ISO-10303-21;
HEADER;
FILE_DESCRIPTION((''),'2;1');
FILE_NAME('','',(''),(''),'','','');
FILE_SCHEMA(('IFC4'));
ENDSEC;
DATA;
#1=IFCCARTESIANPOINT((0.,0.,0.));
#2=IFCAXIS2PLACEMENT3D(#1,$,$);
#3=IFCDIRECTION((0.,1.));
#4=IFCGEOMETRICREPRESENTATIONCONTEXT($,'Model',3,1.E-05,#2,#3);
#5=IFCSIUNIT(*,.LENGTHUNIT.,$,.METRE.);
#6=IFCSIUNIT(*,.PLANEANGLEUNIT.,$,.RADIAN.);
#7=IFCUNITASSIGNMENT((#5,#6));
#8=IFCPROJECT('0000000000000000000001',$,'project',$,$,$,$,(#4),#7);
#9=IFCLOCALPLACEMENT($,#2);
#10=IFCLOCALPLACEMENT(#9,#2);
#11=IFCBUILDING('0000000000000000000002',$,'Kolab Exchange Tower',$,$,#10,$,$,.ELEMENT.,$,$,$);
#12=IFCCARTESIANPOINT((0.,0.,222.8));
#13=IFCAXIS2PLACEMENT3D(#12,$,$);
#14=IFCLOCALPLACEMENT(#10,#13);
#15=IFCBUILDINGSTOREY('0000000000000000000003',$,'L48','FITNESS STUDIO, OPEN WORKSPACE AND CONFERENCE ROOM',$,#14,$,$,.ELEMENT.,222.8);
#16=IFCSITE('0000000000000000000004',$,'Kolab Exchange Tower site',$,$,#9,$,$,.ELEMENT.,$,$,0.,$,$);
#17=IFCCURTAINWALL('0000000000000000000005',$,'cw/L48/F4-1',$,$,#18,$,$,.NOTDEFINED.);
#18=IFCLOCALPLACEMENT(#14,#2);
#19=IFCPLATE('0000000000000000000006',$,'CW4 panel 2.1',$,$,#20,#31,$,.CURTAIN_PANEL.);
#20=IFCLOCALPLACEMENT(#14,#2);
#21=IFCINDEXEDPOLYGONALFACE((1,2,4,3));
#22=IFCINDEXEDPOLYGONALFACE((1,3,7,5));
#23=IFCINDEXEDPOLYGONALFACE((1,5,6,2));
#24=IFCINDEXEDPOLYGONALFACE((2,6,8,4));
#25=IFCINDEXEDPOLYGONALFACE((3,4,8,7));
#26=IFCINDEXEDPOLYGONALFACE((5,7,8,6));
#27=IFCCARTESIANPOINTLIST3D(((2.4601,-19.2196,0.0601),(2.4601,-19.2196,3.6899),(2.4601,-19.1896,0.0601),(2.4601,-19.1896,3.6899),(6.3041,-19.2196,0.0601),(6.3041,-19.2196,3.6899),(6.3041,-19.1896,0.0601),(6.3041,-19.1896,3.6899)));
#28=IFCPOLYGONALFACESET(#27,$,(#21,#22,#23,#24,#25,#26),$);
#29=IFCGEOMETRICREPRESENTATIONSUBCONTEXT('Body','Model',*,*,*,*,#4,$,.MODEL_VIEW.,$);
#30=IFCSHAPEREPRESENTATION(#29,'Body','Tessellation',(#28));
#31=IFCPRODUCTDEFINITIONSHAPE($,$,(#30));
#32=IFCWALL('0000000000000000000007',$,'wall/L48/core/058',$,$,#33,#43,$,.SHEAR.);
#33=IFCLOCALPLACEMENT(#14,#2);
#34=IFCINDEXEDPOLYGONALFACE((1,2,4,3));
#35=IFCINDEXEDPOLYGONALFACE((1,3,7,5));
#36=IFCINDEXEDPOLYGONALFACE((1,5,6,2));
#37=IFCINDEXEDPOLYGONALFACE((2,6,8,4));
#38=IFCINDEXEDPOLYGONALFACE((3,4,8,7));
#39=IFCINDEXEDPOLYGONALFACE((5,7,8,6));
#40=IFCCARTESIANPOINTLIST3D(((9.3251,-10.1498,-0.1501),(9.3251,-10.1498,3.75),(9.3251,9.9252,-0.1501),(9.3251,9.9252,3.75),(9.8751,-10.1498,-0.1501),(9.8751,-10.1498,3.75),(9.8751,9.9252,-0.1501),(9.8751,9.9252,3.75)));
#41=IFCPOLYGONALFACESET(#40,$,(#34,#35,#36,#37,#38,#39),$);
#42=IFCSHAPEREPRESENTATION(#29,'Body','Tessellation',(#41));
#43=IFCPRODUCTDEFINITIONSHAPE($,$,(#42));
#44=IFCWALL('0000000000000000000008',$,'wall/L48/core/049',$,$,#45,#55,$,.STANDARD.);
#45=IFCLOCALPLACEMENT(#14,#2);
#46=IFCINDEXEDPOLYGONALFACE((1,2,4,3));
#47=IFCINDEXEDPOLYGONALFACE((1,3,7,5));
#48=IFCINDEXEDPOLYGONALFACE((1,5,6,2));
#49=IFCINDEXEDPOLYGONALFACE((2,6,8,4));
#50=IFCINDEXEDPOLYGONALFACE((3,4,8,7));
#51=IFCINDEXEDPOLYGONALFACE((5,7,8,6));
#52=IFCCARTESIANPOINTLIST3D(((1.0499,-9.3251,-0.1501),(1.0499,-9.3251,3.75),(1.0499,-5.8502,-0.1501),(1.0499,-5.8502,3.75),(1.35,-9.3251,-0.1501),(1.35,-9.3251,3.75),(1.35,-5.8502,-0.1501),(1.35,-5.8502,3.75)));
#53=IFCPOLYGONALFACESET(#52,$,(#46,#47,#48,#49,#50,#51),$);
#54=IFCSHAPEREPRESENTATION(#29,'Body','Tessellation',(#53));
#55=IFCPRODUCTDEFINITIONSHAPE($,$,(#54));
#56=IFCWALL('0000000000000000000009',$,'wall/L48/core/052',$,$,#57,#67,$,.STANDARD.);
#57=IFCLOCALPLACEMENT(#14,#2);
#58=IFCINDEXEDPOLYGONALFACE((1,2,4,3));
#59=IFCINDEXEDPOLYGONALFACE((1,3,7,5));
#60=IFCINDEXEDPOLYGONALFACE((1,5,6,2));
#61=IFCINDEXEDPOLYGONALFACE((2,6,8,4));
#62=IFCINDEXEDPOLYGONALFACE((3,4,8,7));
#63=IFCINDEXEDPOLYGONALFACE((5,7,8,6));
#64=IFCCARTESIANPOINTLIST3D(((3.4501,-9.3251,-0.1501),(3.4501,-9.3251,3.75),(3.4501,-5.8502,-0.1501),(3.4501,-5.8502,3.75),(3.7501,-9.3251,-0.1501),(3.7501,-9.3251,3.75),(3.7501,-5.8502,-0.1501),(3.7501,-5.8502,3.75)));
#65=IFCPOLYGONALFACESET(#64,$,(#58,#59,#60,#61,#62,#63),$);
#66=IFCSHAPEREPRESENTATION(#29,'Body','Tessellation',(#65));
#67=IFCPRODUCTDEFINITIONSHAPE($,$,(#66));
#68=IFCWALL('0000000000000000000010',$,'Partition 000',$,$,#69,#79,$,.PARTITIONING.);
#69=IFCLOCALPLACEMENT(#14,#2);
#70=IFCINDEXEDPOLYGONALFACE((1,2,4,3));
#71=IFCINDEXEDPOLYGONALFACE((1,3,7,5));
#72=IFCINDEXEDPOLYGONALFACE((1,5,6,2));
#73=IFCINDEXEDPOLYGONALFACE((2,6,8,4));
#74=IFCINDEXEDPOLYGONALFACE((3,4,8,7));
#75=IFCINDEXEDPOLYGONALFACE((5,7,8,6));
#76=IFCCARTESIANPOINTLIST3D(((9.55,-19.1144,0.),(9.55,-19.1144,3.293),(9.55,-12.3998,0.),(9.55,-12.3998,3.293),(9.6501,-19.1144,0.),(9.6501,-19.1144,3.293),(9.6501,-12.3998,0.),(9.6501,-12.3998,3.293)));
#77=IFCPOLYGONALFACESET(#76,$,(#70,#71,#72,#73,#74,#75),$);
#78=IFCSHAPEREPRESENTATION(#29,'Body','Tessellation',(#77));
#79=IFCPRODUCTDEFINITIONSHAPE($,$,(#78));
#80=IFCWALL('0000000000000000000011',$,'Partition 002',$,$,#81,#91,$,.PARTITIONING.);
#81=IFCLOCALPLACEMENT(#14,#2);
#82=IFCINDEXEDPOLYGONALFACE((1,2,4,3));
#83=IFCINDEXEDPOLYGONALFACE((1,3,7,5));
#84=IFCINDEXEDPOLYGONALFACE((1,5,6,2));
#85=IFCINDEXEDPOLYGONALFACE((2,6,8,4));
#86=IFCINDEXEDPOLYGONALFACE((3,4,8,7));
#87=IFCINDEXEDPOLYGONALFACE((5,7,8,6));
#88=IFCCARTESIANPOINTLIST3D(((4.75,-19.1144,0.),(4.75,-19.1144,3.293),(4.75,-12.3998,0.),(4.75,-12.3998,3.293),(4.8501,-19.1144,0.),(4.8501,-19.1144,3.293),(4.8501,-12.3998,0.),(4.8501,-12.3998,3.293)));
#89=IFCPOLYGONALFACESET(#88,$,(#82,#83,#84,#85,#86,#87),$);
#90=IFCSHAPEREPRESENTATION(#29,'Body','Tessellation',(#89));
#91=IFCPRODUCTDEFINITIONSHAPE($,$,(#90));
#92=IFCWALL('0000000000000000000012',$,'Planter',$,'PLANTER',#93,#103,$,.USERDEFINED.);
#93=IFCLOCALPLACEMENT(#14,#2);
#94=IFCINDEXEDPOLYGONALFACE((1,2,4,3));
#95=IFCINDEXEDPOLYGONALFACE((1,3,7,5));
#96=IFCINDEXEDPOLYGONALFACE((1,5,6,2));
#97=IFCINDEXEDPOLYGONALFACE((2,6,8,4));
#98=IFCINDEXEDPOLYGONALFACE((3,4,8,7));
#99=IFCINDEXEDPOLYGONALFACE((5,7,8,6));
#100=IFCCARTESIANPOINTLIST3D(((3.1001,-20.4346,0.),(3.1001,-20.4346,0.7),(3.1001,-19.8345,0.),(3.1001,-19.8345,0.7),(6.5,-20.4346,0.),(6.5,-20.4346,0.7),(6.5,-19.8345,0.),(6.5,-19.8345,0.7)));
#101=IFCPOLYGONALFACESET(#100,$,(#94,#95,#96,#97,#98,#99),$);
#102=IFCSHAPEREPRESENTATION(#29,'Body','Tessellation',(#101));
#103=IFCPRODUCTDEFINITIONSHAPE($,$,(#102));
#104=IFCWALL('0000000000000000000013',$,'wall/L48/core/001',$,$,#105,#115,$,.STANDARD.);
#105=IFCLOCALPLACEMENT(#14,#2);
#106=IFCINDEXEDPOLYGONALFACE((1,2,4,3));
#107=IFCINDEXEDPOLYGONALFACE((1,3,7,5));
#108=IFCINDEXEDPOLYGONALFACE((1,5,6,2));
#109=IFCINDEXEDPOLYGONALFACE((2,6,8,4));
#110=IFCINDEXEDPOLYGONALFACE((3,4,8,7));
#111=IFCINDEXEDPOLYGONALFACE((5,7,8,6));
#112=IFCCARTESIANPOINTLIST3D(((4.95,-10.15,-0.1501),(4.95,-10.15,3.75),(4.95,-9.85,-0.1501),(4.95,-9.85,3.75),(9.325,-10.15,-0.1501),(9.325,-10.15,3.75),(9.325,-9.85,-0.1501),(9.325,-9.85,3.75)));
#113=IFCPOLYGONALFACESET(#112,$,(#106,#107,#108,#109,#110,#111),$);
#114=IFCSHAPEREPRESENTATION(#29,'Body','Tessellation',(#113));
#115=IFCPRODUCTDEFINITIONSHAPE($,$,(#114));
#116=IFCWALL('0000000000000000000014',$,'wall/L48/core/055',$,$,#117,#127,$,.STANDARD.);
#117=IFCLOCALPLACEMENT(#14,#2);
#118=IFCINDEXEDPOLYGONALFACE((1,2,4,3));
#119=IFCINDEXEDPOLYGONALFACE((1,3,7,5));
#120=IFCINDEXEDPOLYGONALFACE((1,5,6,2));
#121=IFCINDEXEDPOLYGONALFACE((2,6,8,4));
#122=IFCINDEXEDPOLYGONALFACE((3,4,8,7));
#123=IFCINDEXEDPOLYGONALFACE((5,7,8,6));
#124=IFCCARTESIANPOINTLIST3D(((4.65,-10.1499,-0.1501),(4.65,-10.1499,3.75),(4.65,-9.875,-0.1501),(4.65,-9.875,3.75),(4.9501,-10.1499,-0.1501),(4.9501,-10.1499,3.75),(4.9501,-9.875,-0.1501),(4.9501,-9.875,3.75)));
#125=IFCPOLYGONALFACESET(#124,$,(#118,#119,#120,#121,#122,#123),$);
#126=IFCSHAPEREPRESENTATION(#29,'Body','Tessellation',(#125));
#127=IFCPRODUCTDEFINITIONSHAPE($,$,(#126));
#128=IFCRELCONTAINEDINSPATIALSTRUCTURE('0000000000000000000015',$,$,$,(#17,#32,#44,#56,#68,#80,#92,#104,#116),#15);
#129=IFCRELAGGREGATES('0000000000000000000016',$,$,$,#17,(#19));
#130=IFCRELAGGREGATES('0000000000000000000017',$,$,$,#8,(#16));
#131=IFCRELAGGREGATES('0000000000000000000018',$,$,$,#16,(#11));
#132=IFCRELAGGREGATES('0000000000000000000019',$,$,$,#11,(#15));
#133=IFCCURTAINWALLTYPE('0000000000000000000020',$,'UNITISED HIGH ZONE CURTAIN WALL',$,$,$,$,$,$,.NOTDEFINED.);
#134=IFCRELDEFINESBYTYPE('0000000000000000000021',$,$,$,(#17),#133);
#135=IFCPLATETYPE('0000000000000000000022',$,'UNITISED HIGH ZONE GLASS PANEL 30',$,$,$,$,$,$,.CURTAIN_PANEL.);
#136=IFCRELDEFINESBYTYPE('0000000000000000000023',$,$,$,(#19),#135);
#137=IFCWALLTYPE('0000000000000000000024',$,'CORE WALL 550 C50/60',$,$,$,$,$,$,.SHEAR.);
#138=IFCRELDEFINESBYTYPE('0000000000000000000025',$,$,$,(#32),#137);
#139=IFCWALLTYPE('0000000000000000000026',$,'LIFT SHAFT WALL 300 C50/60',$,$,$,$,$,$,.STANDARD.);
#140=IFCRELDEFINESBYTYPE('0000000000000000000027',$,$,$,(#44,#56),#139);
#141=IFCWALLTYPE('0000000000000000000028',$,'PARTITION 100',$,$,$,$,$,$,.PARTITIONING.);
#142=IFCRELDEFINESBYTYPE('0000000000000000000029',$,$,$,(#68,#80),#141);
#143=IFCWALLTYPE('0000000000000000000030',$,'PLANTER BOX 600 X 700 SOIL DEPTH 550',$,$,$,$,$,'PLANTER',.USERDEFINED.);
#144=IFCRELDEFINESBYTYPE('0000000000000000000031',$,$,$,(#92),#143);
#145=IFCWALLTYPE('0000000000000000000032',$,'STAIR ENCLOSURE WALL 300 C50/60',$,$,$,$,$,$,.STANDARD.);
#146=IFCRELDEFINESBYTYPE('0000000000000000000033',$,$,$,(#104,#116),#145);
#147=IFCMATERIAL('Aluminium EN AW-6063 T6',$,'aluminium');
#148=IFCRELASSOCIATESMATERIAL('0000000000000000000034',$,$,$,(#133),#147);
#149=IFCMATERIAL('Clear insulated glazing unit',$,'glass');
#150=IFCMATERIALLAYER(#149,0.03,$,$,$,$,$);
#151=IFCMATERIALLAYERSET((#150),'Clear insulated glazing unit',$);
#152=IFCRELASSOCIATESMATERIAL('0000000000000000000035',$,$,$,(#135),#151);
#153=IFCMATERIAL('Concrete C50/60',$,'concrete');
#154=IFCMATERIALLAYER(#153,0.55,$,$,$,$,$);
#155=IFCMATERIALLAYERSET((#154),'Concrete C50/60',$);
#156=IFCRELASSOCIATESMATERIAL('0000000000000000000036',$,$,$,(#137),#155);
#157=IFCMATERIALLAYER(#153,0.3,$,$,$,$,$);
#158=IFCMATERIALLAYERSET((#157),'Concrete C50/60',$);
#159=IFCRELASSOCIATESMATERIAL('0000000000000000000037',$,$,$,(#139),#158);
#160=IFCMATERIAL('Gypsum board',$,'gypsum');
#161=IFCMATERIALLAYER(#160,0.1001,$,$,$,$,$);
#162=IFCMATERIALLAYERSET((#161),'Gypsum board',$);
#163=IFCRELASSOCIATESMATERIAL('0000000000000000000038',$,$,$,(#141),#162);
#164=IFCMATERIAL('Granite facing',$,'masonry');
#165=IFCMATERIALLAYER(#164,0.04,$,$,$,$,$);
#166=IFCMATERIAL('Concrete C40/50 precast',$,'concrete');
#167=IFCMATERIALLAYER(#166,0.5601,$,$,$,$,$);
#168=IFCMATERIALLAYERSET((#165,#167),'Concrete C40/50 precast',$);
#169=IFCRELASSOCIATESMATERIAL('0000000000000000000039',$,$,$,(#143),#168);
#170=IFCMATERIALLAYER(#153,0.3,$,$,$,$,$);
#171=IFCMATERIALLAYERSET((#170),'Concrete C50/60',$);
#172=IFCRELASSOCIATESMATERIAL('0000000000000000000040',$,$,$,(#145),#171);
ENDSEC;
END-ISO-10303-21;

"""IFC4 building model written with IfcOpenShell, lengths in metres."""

from ifc_helpers import new_model, si_unit, direction, frame, frame_2d, origin, origin_2d, place, context, subcontext, project, spatial, rectangle, extrude, material, layer, layer_set, type_object, element, aggregate, save


model = new_model("IFC4")

# Units and contexts
model_context = context("Model", 3, precision=1e-05, world=origin(), true_north=direction((0.0, 1.0)))
body_context = subcontext(model_context, "Body", "Model", "MODEL_VIEW")
ifc_project = project(units=[si_unit("LENGTHUNIT", "METRE"), si_unit("PLANEANGLEUNIT", "RADIAN")], contexts=[model_context])

# Site, building, storey
site_placement = place(None, origin())
site = spatial("IfcSite", under=ifc_project, at=site_placement, Name="Kolab Exchange Tower site", CompositionType="ELEMENT", RefElevation=0.0)
building_placement = place(site_placement, origin())
building = spatial("IfcBuilding", under=site, at=building_placement, Name="Kolab Exchange Tower", CompositionType="ELEMENT")
storey_placement = place(building_placement, frame((0.0, 0.0, 222.8)))
storey = spatial("IfcBuildingStorey", under=building, at=storey_placement, Name="L48", Description="FITNESS STUDIO, OPEN WORKSPACE AND CONFERENCE ROOM", CompositionType="ELEMENT", Elevation=222.8)

# Shared definitions
ifc_material_1 = material(Name="Concrete C50/60", Category="concrete")

# Curtain wall, plate
ifc_material_2 = material(Name="Aluminium EN AW-6063 T6", Category="aluminium")
curtain_wall_type = type_object("IfcCurtainWallType", Name="UNITISED HIGH ZONE CURTAIN WALL", PredefinedType="NOTDEFINED", material=ifc_material_2)
curtain_wall_placement = place(storey_placement, origin())
curtain_wall = element("IfcCurtainWall", 1, at=curtain_wall_placement, inside=storey, type_object=curtain_wall_type, Name="cw/L48/F4-1", PredefinedType="NOTDEFINED")
ifc_material_3 = material(Name="Clear insulated glazing unit", Category="glass")
ifc_layer_1 = layer(ifc_material_3, 0.03)
ifc_layer_set_1 = layer_set([ifc_layer_1], Name="Clear insulated glazing unit")
plate_type = type_object("IfcPlateType", Name="UNITISED HIGH ZONE GLASS PANEL 30", PredefinedType="CURTAIN_PANEL", material=ifc_layer_set_1)
plate_1_placement = place(storey_placement, frame((4.3821, -19.2046, 0.0601), z_axis=(0.0, 0.0, 1.0), x_axis=(-1.0, 0.0, 0.0)))
plate_1 = element("IfcPlate", 2, at=plate_1_placement, type_object=plate_type, Name="CW4 panel 2.1", PredefinedType="CURTAIN_PANEL", context=body_context, shape_type="SweptSolid", body=[
    extrude(rectangle(XDim=3.844, YDim=0.03, at=origin_2d()), origin(), (0.0, 0.0, 1.0), 3.6299),
])
aggregate(curtain_wall, [plate_1])

# Wall
ifc_layer_2 = layer(ifc_material_1, 0.55)
ifc_layer_set_2 = layer_set([ifc_layer_2], Name="Concrete C50/60")
wall_type_1 = type_object("IfcWallType", Name="CORE WALL 550 C50/60", PredefinedType="SHEAR", material=ifc_layer_set_2)
wall_1_placement = place(storey_placement, frame((9.6001, -10.1499, -0.1501), z_axis=(0.0, 0.0, 1.0), x_axis=(0.0, 1.0, 0.0)))
element("IfcWall", 3, at=wall_1_placement, inside=storey, type_object=wall_type_1, Name="wall/L48/core/058", PredefinedType="SHEAR", context=body_context, shape_type="SweptSolid", body=[
    extrude(rectangle(XDim=20.075, YDim=0.55, at=frame_2d((10.0376, 0.0))), origin(), (0.0, 0.0, 1.0), 3.9001),
])

# Walls
ifc_layer_3 = layer(ifc_material_1, 0.3)
ifc_layer_set_3 = layer_set([ifc_layer_3], Name="Concrete C50/60")
wall_type_2 = type_object("IfcWallType", Name="LIFT SHAFT WALL 300 C50/60", PredefinedType="STANDARD", material=ifc_layer_set_3)
for number, where, z_axis, x_axis, name in (
    (4, (1.2, -9.325, -0.1501), (0.0, 0.0, 1.0), (0.0, 1.0, 0.0), "wall/L48/core/049"),
    (5, (3.6001, -9.325, -0.1501), (0.0, 0.0, 1.0), (0.0, 1.0, 0.0), "wall/L48/core/052"),
):
    element("IfcWall", number, at=place(storey_placement, frame(where, z_axis=z_axis, x_axis=x_axis)), inside=storey, type_object=wall_type_2, Name=name, PredefinedType="STANDARD", context=body_context, shape_type="SweptSolid", body=[
        extrude(rectangle(XDim=3.4749, YDim=0.3, at=frame_2d((1.7373, 0.0))), origin(), (0.0, 0.0, 1.0), 3.9001),
    ])
ifc_material_4 = material(Name="Gypsum board", Category="gypsum")
ifc_layer_4 = layer(ifc_material_4, 0.1001)
ifc_layer_set_4 = layer_set([ifc_layer_4], Name="Gypsum board")
wall_type_3 = type_object("IfcWallType", Name="PARTITION 100", PredefinedType="PARTITIONING", material=ifc_layer_set_4)
for number, where, z_axis, x_axis, name in (
    (6, (9.6001, -19.1145, 0.0), (0.0, 0.0, 1.0), (0.0, 1.0, 0.0), "Partition 000"),
    (7, (4.8, -19.1145, 0.0), (0.0, 0.0, 1.0), (0.0, 1.0, 0.0), "Partition 002"),
):
    element("IfcWall", number, at=place(storey_placement, frame(where, z_axis=z_axis, x_axis=x_axis)), inside=storey, type_object=wall_type_3, Name=name, PredefinedType="PARTITIONING", context=body_context, shape_type="SweptSolid", body=[
        extrude(rectangle(XDim=6.7146, YDim=0.1001, at=frame_2d((3.3574, 0.0))), origin(), (0.0, 0.0, 1.0), 3.293),
    ])
ifc_material_5 = material(Name="Granite facing", Category="masonry")
ifc_layer_5 = layer(ifc_material_5, 0.04)
ifc_material_6 = material(Name="Concrete C40/50 precast", Category="concrete")
ifc_layer_6 = layer(ifc_material_6, 0.5601)
ifc_layer_set_5 = layer_set([ifc_layer_5, ifc_layer_6], Name="Concrete C40/50 precast")
wall_type_4 = type_object("IfcWallType", Name="PLANTER BOX 600 X 700 SOIL DEPTH 550", ElementType="PLANTER", PredefinedType="USERDEFINED", material=ifc_layer_set_5)
wall_2_placement = place(storey_placement, frame((6.5, -20.1345, 0.0), z_axis=(0.0, 0.0, 1.0), x_axis=(-1.0, 0.0, 0.0)))
element("IfcWall", 8, at=wall_2_placement, inside=storey, type_object=wall_type_4, Name="Planter", ObjectType="PLANTER", PredefinedType="USERDEFINED", context=body_context, shape_type="SweptSolid", body=[
    extrude(rectangle(XDim=3.3999, YDim=0.6001, at=frame_2d((1.7, 0.0))), origin(), (0.0, 0.0, 1.0), 0.7),
])
ifc_layer_7 = layer(ifc_material_1, 0.3)
ifc_layer_set_6 = layer_set([ifc_layer_7], Name="Concrete C50/60")
wall_type_5 = type_object("IfcWallType", Name="STAIR ENCLOSURE WALL 300 C50/60", PredefinedType="STANDARD", material=ifc_layer_set_6)
wall_3_placement = place(storey_placement, frame((4.95, -10.0, -0.1501), z_axis=(0.0, 0.0, 1.0), x_axis=(1.0, 0.0, 0.0)))
element("IfcWall", 9, at=wall_3_placement, inside=storey, type_object=wall_type_5, Name="wall/L48/core/001", PredefinedType="STANDARD", context=body_context, shape_type="SweptSolid", body=[
    extrude(rectangle(XDim=4.375, YDim=0.3, at=frame_2d((2.1875, 0.0))), origin(), (0.0, 0.0, 1.0), 3.9001),
])
wall_4_placement = place(storey_placement, frame((4.8, -10.1499, -0.1501), z_axis=(0.0, 0.0, 1.0), x_axis=(0.0, 1.0, 0.0)))
element("IfcWall", 10, at=wall_4_placement, inside=storey, type_object=wall_type_5, Name="wall/L48/core/055", PredefinedType="STANDARD", context=body_context, shape_type="SweptSolid", body=[
    extrude(rectangle(XDim=0.2749, YDim=0.3, at=frame_2d((0.1375, 0.0))), origin(), (0.0, 0.0, 1.0), 3.9001),
])

save(model, "model.ifc")
